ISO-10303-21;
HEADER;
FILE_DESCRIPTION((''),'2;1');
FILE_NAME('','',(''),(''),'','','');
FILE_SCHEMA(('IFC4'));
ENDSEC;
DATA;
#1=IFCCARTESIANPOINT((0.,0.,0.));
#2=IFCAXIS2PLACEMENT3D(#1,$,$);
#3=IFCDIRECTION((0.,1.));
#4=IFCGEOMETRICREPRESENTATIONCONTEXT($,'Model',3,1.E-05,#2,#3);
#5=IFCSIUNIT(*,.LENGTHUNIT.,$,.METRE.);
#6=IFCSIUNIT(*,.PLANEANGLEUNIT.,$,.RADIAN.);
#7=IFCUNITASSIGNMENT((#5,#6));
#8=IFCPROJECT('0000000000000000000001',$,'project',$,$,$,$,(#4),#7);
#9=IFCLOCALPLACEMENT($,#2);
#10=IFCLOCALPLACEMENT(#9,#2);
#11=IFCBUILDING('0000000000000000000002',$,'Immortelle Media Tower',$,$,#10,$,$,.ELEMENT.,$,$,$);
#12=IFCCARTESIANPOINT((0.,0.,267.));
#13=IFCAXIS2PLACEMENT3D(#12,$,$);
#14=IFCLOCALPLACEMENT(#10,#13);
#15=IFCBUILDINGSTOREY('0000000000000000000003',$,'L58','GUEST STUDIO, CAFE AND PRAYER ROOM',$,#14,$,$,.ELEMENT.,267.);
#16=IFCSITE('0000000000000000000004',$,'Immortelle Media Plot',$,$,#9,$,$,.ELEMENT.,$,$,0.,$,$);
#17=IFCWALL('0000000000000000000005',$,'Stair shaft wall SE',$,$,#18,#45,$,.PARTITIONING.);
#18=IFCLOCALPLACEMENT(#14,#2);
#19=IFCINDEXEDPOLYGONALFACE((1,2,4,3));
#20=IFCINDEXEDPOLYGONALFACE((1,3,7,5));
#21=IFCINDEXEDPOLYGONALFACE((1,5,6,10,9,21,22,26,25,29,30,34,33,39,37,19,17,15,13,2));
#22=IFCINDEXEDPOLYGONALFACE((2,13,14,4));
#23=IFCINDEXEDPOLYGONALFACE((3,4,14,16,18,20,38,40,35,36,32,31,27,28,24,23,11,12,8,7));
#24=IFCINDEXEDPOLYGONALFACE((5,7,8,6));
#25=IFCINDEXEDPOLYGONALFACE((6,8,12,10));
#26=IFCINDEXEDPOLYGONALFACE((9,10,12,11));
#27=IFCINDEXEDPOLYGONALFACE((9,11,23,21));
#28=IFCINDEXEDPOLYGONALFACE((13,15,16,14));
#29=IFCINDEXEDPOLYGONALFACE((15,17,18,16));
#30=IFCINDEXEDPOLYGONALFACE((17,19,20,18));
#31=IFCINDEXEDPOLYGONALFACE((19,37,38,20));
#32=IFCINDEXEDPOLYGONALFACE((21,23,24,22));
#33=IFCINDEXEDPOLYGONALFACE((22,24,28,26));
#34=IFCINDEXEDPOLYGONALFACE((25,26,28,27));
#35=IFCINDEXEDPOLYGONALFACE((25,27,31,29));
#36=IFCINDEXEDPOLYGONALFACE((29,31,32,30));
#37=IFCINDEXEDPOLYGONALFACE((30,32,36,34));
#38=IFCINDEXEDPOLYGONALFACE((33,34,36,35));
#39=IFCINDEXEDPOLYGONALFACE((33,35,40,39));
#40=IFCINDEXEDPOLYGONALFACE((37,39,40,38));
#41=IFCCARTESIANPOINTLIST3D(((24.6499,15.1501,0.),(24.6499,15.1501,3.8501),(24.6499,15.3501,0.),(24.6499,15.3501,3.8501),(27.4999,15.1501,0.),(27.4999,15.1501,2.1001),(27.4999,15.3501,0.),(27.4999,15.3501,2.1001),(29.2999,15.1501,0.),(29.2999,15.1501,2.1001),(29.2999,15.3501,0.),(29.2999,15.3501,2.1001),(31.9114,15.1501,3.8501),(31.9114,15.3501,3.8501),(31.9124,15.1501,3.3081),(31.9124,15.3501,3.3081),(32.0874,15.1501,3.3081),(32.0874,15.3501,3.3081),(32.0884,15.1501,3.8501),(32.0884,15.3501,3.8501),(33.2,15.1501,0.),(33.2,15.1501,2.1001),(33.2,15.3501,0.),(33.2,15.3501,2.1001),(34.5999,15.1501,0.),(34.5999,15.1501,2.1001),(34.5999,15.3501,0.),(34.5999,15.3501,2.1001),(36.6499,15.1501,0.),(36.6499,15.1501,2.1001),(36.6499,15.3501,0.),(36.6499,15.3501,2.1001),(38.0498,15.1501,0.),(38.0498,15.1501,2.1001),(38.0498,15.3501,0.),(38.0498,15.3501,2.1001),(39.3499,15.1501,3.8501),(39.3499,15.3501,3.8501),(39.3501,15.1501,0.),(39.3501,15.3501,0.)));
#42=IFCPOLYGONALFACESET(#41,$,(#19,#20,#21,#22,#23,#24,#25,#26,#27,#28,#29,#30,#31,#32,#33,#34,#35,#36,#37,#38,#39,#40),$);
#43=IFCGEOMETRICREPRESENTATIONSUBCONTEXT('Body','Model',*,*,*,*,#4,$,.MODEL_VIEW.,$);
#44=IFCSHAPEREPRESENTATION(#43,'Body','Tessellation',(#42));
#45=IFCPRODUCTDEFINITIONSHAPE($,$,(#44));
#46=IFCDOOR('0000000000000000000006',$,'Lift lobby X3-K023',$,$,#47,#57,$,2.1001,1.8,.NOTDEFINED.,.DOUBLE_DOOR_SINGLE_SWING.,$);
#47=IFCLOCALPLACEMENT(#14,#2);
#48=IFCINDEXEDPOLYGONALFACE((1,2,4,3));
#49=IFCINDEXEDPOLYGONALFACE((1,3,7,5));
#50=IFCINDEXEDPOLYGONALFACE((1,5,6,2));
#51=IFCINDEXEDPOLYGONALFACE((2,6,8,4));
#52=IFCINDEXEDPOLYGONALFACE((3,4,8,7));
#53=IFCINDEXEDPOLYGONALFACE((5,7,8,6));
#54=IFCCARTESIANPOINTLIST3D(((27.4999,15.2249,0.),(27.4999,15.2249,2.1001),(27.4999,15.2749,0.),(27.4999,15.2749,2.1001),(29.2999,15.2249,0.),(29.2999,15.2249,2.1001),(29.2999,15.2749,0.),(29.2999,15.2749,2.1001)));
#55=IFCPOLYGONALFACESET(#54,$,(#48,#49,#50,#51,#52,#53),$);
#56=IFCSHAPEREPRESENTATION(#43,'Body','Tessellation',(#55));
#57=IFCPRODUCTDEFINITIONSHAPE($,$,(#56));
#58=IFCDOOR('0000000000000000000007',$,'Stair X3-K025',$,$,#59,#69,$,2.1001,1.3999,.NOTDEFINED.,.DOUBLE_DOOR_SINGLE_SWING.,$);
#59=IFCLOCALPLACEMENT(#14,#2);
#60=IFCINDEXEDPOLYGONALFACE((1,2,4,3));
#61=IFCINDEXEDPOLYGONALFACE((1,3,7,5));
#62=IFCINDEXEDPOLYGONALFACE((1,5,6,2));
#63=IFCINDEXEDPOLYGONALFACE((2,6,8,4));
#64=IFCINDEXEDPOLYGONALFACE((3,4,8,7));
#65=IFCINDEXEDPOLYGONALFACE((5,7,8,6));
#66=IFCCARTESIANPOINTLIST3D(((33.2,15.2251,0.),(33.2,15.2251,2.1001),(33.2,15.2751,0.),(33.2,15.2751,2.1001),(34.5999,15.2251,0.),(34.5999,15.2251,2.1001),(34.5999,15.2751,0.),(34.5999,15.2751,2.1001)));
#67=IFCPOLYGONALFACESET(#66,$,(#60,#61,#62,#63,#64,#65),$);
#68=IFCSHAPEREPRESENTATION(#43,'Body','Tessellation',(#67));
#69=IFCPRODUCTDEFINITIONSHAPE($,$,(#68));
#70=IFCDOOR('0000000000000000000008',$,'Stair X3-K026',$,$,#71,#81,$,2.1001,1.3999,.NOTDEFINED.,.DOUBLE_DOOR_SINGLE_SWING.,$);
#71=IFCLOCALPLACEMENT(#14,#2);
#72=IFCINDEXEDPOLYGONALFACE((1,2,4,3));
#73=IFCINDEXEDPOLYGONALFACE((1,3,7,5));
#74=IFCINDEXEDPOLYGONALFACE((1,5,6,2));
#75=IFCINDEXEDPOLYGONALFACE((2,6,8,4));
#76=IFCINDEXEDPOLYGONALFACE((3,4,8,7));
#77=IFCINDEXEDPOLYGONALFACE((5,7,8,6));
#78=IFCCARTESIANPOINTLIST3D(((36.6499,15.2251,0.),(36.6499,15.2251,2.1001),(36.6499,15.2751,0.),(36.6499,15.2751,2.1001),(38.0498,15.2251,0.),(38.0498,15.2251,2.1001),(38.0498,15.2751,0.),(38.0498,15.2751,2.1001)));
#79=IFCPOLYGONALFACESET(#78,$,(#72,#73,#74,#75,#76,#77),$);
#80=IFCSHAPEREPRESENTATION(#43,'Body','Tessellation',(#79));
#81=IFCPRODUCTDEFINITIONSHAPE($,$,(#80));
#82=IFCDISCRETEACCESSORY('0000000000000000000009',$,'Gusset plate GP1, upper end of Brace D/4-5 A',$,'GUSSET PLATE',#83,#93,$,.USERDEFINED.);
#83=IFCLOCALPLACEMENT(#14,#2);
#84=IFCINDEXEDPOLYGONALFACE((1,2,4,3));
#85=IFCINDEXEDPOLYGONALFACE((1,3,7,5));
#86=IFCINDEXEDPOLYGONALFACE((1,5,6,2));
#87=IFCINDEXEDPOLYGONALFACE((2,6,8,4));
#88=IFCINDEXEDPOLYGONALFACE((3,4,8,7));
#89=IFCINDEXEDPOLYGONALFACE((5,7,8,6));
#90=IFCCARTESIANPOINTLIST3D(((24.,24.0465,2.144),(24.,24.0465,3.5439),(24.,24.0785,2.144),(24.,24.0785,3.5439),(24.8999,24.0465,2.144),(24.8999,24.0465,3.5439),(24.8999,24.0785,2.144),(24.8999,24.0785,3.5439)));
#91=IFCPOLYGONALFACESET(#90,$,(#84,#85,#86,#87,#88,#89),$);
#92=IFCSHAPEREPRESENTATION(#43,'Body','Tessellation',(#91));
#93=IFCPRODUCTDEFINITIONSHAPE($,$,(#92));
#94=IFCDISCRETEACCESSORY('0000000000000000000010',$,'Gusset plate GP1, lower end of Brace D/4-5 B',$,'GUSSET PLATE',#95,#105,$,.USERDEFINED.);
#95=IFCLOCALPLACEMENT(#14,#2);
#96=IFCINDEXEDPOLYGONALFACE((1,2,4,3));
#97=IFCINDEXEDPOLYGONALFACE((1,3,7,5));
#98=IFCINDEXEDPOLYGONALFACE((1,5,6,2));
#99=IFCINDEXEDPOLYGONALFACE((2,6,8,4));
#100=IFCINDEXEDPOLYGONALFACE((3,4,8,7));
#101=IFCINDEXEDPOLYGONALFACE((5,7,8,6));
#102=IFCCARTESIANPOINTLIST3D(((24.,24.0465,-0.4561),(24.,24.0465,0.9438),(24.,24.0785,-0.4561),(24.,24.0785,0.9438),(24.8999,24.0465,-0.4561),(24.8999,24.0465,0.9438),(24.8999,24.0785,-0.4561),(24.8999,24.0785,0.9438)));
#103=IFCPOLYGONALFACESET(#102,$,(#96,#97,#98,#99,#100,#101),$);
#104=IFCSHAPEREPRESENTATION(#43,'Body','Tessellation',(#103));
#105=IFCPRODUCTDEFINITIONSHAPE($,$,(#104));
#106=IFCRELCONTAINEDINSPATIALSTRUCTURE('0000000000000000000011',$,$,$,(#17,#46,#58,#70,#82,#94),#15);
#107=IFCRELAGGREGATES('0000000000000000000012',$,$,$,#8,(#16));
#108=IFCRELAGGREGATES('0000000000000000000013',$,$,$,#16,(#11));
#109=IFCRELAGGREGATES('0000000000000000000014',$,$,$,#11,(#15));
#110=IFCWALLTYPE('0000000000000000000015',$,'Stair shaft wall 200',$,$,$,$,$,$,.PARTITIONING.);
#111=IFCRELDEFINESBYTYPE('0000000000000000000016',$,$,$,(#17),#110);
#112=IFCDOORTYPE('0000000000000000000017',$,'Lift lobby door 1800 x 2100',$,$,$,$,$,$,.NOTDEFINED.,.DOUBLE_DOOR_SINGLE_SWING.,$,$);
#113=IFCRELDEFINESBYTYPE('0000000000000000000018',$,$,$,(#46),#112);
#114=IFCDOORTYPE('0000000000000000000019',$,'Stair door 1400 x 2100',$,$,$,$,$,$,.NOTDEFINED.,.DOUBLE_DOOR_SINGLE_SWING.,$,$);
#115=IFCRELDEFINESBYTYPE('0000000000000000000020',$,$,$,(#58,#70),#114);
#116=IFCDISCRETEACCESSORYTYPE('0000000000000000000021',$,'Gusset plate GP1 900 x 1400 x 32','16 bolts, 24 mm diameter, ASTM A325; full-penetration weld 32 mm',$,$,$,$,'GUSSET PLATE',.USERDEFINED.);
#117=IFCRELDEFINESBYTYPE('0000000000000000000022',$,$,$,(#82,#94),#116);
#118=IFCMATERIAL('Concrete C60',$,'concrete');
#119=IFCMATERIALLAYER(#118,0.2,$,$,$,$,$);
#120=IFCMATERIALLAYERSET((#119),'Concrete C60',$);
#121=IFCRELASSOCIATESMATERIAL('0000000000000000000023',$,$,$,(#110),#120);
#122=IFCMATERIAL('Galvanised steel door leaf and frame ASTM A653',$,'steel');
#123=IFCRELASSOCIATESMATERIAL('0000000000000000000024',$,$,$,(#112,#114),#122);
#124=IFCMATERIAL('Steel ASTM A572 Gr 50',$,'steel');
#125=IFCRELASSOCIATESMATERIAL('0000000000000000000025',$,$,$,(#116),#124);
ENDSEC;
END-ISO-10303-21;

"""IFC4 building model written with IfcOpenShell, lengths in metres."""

from ifc_helpers import new_model, si_unit, direction, frame, frame_2d, origin, origin_2d, place, context, subcontext, project, spatial, polyline, rectangle, outline, extrude, material, layer, layer_set, material_profile, profile_set, type_object, element, fill, save


model = new_model("IFC4")

# Units and contexts
model_context = context("Model", 3, precision=1e-05, world=origin(), true_north=direction((0.0, 1.0)))
body_context = subcontext(model_context, "Body", "Model", "MODEL_VIEW")
ifc_project = project(units=[si_unit("LENGTHUNIT", "METRE"), si_unit("PLANEANGLEUNIT", "RADIAN")], contexts=[model_context])

# Site, building, storey
site_placement = place(None, origin())
site = spatial("IfcSite", under=ifc_project, at=site_placement, Name="Immortelle Media Plot", CompositionType="ELEMENT", RefElevation=0.0)
building_placement = place(site_placement, origin())
building = spatial("IfcBuilding", under=site, at=building_placement, Name="Immortelle Media Tower", CompositionType="ELEMENT")
storey_placement = place(building_placement, frame((0.0, 0.0, 267.0)))
storey = spatial("IfcBuildingStorey", under=building, at=storey_placement, Name="L58", Description="GUEST STUDIO, CAFE AND PRAYER ROOM", CompositionType="ELEMENT", Elevation=267.0)

# Wall, openings, doors
ifc_material_1 = material(Name="Concrete C60", Category="concrete")
ifc_layer_1 = layer(ifc_material_1, 0.2)
ifc_layer_set_1 = layer_set([ifc_layer_1], Name="Concrete C60")
wall_type_1 = type_object("IfcWallType", Name="Stair shaft wall 200", PredefinedType="PARTITIONING", material=ifc_layer_set_1)
wall_1_placement = place(storey_placement, frame((24.6499, 15.25, 0.0), z_axis=(0.0, 0.0, 1.0), x_axis=(1.0, 0.0, 0.0)))
wall_1 = element("IfcWall", 1, at=wall_1_placement, inside=storey, type_object=wall_type_1, Name="Stair shaft wall SE", PredefinedType="PARTITIONING", context=body_context, shape_type="SweptSolid", body=[
    extrude(outline(polyline([(0.0, 0.0), (14.7002, 0.0), (14.7, 3.8501), (7.4385, 3.8501), (7.4375, 3.3081), (7.2625, 3.3081), (7.2615, 3.8501), (0.0, 3.8501), (0.0, 0.0)])), frame((0.0, 0.1001, 0.0), z_axis=(0.0, -1.0, 0.0), x_axis=(1.0, 0.0, 0.0)), (0.0, 0.0, 1.0), 0.2),
])
opening_1_placement = place(wall_1_placement, frame((2.8501, 0.0, 0.0)))
opening_1 = element("IfcOpeningElement", 2, at=opening_1_placement, cuts=wall_1, PredefinedType="OPENING", context=body_context, shape_type="SweptSolid", body=[
    extrude(rectangle(XDim=1.8, YDim=2.1001, at=frame_2d((0.8999, 1.05))), frame((0.0, 0.1099, 0.0), z_axis=(0.0, -1.0, 0.0), x_axis=(1.0, 0.0, 0.0)), (0.0, 0.0, 1.0), 0.22),
])
opening_2_placement = place(wall_1_placement, frame((9.95, 0.0, 0.0), z_axis=(0.0, 0.0, 1.0), x_axis=(-1.0, 0.0, 0.0)))
opening_2 = element("IfcOpeningElement", 3, at=opening_2_placement, cuts=wall_1, PredefinedType="OPENING", context=body_context, shape_type="SweptSolid", body=[
    extrude(rectangle(XDim=1.3999, YDim=2.1001, at=frame_2d((0.7, 1.05))), frame((0.0, 0.1099, 0.0), z_axis=(0.0, -1.0, 0.0), x_axis=(1.0, 0.0, 0.0)), (0.0, 0.0, 1.0), 0.22),
])
opening_3_placement = place(wall_1_placement, frame((13.3999, 0.0, 0.0), z_axis=(0.0, 0.0, 1.0), x_axis=(-1.0, 0.0, 0.0)))
opening_3 = element("IfcOpeningElement", 4, at=opening_3_placement, cuts=wall_1, PredefinedType="OPENING", context=body_context, shape_type="SweptSolid", body=[
    extrude(rectangle(XDim=1.3999, YDim=2.1001, at=frame_2d((0.7, 1.05))), frame((0.0, 0.1099, 0.0), z_axis=(0.0, -1.0, 0.0), x_axis=(1.0, 0.0, 0.0)), (0.0, 0.0, 1.0), 0.22),
])
ifc_material_2 = material(Name="Galvanised steel door leaf and frame ASTM A653", Category="steel")
door_type_1 = type_object("IfcDoorType", Name="Lift lobby door 1800 x 2100", OperationType="DOUBLE_DOOR_SINGLE_SWING", PredefinedType="NOTDEFINED", material=ifc_material_2)
door_1_placement = place(opening_1_placement, origin())
door_1 = element("IfcDoor", 5, at=door_1_placement, inside=storey, type_object=door_type_1, Name="Lift lobby X3-K023", OperationType="DOUBLE_DOOR_SINGLE_SWING", OverallHeight=2.1001, OverallWidth=1.8, PredefinedType="NOTDEFINED", context=body_context, shape_type="SweptSolid", body=[
    extrude(rectangle(XDim=1.8, YDim=2.1001, at=frame_2d((0.8999, 1.05))), frame((0.0, 0.0249, 0.0), z_axis=(0.0, -1.0, 0.0), x_axis=(1.0, 0.0, 0.0)), (0.0, 0.0, 1.0), 0.05),
])
fill(opening_1, door_1)
door_type_2 = type_object("IfcDoorType", Name="Stair door 1400 x 2100", OperationType="DOUBLE_DOOR_SINGLE_SWING", PredefinedType="NOTDEFINED", material=ifc_material_2)
door_2_placement = place(opening_2_placement, origin())
door_2 = element("IfcDoor", 6, at=door_2_placement, inside=storey, type_object=door_type_2, Name="Stair X3-K025", OperationType="DOUBLE_DOOR_SINGLE_SWING", OverallHeight=2.1001, OverallWidth=1.3999, PredefinedType="NOTDEFINED", context=body_context, shape_type="SweptSolid", body=[
    extrude(rectangle(XDim=1.3999, YDim=2.1001, at=frame_2d((0.7, 1.05))), frame((0.0, 0.0249, 0.0), z_axis=(0.0, -1.0, 0.0), x_axis=(1.0, 0.0, 0.0)), (0.0, 0.0, 1.0), 0.05),
])
fill(opening_2, door_2)
door_3_placement = place(opening_3_placement, origin())
door_3 = element("IfcDoor", 7, at=door_3_placement, inside=storey, type_object=door_type_2, Name="Stair X3-K026", OperationType="DOUBLE_DOOR_SINGLE_SWING", OverallHeight=2.1001, OverallWidth=1.3999, PredefinedType="NOTDEFINED", context=body_context, shape_type="SweptSolid", body=[
    extrude(rectangle(XDim=1.3999, YDim=2.1001, at=frame_2d((0.7, 1.05))), frame((0.0, 0.0249, 0.0), z_axis=(0.0, -1.0, 0.0), x_axis=(1.0, 0.0, 0.0)), (0.0, 0.0, 1.0), 0.05),
])
fill(opening_3, door_3)

# Discrete accessories
ifc_material_3 = material(Name="Steel ASTM A572 Gr 50", Category="steel")
ifc_material_profile_1 = material_profile(ifc_material_3, rectangle(XDim=0.032, YDim=1.3999, at=origin_2d()), Name="PL 32 x 1400")
ifc_profile_set_1 = profile_set([ifc_material_profile_1], Name="Steel ASTM A572 Gr 50")
discrete_accessory_type = type_object("IfcDiscreteAccessoryType", Name="Gusset plate GP1 900 x 1400 x 32", Description="16 bolts, 24 mm diameter, ASTM A325; full-penetration weld 32 mm", ElementType="GUSSET PLATE", PredefinedType="USERDEFINED", material=ifc_profile_set_1)
for number, where, z_axis, x_axis, name in (
    (8, (24.0, 24.0625, 2.844), (1.0, 0.0, 0.0), (0.0, 1.0, 0.0), "Gusset plate GP1, upper end of Brace D/4-5 A"),
    (9, (24.0, 24.0625, 0.2439), (1.0, 0.0, 0.0), (0.0, 1.0, 0.0), "Gusset plate GP1, lower end of Brace D/4-5 B"),
):
    element("IfcDiscreteAccessory", number, at=place(storey_placement, frame(where, z_axis=z_axis, x_axis=x_axis)), inside=storey, type_object=discrete_accessory_type, Name=name, ObjectType="GUSSET PLATE", PredefinedType="USERDEFINED", context=body_context, shape_type="SweptSolid", body=[
        extrude(rectangle(XDim=0.032, YDim=1.3999, at=origin_2d()), origin(), (0.0, 0.0, 1.0), 0.8999),
    ])

save(model, "model.ifc")
